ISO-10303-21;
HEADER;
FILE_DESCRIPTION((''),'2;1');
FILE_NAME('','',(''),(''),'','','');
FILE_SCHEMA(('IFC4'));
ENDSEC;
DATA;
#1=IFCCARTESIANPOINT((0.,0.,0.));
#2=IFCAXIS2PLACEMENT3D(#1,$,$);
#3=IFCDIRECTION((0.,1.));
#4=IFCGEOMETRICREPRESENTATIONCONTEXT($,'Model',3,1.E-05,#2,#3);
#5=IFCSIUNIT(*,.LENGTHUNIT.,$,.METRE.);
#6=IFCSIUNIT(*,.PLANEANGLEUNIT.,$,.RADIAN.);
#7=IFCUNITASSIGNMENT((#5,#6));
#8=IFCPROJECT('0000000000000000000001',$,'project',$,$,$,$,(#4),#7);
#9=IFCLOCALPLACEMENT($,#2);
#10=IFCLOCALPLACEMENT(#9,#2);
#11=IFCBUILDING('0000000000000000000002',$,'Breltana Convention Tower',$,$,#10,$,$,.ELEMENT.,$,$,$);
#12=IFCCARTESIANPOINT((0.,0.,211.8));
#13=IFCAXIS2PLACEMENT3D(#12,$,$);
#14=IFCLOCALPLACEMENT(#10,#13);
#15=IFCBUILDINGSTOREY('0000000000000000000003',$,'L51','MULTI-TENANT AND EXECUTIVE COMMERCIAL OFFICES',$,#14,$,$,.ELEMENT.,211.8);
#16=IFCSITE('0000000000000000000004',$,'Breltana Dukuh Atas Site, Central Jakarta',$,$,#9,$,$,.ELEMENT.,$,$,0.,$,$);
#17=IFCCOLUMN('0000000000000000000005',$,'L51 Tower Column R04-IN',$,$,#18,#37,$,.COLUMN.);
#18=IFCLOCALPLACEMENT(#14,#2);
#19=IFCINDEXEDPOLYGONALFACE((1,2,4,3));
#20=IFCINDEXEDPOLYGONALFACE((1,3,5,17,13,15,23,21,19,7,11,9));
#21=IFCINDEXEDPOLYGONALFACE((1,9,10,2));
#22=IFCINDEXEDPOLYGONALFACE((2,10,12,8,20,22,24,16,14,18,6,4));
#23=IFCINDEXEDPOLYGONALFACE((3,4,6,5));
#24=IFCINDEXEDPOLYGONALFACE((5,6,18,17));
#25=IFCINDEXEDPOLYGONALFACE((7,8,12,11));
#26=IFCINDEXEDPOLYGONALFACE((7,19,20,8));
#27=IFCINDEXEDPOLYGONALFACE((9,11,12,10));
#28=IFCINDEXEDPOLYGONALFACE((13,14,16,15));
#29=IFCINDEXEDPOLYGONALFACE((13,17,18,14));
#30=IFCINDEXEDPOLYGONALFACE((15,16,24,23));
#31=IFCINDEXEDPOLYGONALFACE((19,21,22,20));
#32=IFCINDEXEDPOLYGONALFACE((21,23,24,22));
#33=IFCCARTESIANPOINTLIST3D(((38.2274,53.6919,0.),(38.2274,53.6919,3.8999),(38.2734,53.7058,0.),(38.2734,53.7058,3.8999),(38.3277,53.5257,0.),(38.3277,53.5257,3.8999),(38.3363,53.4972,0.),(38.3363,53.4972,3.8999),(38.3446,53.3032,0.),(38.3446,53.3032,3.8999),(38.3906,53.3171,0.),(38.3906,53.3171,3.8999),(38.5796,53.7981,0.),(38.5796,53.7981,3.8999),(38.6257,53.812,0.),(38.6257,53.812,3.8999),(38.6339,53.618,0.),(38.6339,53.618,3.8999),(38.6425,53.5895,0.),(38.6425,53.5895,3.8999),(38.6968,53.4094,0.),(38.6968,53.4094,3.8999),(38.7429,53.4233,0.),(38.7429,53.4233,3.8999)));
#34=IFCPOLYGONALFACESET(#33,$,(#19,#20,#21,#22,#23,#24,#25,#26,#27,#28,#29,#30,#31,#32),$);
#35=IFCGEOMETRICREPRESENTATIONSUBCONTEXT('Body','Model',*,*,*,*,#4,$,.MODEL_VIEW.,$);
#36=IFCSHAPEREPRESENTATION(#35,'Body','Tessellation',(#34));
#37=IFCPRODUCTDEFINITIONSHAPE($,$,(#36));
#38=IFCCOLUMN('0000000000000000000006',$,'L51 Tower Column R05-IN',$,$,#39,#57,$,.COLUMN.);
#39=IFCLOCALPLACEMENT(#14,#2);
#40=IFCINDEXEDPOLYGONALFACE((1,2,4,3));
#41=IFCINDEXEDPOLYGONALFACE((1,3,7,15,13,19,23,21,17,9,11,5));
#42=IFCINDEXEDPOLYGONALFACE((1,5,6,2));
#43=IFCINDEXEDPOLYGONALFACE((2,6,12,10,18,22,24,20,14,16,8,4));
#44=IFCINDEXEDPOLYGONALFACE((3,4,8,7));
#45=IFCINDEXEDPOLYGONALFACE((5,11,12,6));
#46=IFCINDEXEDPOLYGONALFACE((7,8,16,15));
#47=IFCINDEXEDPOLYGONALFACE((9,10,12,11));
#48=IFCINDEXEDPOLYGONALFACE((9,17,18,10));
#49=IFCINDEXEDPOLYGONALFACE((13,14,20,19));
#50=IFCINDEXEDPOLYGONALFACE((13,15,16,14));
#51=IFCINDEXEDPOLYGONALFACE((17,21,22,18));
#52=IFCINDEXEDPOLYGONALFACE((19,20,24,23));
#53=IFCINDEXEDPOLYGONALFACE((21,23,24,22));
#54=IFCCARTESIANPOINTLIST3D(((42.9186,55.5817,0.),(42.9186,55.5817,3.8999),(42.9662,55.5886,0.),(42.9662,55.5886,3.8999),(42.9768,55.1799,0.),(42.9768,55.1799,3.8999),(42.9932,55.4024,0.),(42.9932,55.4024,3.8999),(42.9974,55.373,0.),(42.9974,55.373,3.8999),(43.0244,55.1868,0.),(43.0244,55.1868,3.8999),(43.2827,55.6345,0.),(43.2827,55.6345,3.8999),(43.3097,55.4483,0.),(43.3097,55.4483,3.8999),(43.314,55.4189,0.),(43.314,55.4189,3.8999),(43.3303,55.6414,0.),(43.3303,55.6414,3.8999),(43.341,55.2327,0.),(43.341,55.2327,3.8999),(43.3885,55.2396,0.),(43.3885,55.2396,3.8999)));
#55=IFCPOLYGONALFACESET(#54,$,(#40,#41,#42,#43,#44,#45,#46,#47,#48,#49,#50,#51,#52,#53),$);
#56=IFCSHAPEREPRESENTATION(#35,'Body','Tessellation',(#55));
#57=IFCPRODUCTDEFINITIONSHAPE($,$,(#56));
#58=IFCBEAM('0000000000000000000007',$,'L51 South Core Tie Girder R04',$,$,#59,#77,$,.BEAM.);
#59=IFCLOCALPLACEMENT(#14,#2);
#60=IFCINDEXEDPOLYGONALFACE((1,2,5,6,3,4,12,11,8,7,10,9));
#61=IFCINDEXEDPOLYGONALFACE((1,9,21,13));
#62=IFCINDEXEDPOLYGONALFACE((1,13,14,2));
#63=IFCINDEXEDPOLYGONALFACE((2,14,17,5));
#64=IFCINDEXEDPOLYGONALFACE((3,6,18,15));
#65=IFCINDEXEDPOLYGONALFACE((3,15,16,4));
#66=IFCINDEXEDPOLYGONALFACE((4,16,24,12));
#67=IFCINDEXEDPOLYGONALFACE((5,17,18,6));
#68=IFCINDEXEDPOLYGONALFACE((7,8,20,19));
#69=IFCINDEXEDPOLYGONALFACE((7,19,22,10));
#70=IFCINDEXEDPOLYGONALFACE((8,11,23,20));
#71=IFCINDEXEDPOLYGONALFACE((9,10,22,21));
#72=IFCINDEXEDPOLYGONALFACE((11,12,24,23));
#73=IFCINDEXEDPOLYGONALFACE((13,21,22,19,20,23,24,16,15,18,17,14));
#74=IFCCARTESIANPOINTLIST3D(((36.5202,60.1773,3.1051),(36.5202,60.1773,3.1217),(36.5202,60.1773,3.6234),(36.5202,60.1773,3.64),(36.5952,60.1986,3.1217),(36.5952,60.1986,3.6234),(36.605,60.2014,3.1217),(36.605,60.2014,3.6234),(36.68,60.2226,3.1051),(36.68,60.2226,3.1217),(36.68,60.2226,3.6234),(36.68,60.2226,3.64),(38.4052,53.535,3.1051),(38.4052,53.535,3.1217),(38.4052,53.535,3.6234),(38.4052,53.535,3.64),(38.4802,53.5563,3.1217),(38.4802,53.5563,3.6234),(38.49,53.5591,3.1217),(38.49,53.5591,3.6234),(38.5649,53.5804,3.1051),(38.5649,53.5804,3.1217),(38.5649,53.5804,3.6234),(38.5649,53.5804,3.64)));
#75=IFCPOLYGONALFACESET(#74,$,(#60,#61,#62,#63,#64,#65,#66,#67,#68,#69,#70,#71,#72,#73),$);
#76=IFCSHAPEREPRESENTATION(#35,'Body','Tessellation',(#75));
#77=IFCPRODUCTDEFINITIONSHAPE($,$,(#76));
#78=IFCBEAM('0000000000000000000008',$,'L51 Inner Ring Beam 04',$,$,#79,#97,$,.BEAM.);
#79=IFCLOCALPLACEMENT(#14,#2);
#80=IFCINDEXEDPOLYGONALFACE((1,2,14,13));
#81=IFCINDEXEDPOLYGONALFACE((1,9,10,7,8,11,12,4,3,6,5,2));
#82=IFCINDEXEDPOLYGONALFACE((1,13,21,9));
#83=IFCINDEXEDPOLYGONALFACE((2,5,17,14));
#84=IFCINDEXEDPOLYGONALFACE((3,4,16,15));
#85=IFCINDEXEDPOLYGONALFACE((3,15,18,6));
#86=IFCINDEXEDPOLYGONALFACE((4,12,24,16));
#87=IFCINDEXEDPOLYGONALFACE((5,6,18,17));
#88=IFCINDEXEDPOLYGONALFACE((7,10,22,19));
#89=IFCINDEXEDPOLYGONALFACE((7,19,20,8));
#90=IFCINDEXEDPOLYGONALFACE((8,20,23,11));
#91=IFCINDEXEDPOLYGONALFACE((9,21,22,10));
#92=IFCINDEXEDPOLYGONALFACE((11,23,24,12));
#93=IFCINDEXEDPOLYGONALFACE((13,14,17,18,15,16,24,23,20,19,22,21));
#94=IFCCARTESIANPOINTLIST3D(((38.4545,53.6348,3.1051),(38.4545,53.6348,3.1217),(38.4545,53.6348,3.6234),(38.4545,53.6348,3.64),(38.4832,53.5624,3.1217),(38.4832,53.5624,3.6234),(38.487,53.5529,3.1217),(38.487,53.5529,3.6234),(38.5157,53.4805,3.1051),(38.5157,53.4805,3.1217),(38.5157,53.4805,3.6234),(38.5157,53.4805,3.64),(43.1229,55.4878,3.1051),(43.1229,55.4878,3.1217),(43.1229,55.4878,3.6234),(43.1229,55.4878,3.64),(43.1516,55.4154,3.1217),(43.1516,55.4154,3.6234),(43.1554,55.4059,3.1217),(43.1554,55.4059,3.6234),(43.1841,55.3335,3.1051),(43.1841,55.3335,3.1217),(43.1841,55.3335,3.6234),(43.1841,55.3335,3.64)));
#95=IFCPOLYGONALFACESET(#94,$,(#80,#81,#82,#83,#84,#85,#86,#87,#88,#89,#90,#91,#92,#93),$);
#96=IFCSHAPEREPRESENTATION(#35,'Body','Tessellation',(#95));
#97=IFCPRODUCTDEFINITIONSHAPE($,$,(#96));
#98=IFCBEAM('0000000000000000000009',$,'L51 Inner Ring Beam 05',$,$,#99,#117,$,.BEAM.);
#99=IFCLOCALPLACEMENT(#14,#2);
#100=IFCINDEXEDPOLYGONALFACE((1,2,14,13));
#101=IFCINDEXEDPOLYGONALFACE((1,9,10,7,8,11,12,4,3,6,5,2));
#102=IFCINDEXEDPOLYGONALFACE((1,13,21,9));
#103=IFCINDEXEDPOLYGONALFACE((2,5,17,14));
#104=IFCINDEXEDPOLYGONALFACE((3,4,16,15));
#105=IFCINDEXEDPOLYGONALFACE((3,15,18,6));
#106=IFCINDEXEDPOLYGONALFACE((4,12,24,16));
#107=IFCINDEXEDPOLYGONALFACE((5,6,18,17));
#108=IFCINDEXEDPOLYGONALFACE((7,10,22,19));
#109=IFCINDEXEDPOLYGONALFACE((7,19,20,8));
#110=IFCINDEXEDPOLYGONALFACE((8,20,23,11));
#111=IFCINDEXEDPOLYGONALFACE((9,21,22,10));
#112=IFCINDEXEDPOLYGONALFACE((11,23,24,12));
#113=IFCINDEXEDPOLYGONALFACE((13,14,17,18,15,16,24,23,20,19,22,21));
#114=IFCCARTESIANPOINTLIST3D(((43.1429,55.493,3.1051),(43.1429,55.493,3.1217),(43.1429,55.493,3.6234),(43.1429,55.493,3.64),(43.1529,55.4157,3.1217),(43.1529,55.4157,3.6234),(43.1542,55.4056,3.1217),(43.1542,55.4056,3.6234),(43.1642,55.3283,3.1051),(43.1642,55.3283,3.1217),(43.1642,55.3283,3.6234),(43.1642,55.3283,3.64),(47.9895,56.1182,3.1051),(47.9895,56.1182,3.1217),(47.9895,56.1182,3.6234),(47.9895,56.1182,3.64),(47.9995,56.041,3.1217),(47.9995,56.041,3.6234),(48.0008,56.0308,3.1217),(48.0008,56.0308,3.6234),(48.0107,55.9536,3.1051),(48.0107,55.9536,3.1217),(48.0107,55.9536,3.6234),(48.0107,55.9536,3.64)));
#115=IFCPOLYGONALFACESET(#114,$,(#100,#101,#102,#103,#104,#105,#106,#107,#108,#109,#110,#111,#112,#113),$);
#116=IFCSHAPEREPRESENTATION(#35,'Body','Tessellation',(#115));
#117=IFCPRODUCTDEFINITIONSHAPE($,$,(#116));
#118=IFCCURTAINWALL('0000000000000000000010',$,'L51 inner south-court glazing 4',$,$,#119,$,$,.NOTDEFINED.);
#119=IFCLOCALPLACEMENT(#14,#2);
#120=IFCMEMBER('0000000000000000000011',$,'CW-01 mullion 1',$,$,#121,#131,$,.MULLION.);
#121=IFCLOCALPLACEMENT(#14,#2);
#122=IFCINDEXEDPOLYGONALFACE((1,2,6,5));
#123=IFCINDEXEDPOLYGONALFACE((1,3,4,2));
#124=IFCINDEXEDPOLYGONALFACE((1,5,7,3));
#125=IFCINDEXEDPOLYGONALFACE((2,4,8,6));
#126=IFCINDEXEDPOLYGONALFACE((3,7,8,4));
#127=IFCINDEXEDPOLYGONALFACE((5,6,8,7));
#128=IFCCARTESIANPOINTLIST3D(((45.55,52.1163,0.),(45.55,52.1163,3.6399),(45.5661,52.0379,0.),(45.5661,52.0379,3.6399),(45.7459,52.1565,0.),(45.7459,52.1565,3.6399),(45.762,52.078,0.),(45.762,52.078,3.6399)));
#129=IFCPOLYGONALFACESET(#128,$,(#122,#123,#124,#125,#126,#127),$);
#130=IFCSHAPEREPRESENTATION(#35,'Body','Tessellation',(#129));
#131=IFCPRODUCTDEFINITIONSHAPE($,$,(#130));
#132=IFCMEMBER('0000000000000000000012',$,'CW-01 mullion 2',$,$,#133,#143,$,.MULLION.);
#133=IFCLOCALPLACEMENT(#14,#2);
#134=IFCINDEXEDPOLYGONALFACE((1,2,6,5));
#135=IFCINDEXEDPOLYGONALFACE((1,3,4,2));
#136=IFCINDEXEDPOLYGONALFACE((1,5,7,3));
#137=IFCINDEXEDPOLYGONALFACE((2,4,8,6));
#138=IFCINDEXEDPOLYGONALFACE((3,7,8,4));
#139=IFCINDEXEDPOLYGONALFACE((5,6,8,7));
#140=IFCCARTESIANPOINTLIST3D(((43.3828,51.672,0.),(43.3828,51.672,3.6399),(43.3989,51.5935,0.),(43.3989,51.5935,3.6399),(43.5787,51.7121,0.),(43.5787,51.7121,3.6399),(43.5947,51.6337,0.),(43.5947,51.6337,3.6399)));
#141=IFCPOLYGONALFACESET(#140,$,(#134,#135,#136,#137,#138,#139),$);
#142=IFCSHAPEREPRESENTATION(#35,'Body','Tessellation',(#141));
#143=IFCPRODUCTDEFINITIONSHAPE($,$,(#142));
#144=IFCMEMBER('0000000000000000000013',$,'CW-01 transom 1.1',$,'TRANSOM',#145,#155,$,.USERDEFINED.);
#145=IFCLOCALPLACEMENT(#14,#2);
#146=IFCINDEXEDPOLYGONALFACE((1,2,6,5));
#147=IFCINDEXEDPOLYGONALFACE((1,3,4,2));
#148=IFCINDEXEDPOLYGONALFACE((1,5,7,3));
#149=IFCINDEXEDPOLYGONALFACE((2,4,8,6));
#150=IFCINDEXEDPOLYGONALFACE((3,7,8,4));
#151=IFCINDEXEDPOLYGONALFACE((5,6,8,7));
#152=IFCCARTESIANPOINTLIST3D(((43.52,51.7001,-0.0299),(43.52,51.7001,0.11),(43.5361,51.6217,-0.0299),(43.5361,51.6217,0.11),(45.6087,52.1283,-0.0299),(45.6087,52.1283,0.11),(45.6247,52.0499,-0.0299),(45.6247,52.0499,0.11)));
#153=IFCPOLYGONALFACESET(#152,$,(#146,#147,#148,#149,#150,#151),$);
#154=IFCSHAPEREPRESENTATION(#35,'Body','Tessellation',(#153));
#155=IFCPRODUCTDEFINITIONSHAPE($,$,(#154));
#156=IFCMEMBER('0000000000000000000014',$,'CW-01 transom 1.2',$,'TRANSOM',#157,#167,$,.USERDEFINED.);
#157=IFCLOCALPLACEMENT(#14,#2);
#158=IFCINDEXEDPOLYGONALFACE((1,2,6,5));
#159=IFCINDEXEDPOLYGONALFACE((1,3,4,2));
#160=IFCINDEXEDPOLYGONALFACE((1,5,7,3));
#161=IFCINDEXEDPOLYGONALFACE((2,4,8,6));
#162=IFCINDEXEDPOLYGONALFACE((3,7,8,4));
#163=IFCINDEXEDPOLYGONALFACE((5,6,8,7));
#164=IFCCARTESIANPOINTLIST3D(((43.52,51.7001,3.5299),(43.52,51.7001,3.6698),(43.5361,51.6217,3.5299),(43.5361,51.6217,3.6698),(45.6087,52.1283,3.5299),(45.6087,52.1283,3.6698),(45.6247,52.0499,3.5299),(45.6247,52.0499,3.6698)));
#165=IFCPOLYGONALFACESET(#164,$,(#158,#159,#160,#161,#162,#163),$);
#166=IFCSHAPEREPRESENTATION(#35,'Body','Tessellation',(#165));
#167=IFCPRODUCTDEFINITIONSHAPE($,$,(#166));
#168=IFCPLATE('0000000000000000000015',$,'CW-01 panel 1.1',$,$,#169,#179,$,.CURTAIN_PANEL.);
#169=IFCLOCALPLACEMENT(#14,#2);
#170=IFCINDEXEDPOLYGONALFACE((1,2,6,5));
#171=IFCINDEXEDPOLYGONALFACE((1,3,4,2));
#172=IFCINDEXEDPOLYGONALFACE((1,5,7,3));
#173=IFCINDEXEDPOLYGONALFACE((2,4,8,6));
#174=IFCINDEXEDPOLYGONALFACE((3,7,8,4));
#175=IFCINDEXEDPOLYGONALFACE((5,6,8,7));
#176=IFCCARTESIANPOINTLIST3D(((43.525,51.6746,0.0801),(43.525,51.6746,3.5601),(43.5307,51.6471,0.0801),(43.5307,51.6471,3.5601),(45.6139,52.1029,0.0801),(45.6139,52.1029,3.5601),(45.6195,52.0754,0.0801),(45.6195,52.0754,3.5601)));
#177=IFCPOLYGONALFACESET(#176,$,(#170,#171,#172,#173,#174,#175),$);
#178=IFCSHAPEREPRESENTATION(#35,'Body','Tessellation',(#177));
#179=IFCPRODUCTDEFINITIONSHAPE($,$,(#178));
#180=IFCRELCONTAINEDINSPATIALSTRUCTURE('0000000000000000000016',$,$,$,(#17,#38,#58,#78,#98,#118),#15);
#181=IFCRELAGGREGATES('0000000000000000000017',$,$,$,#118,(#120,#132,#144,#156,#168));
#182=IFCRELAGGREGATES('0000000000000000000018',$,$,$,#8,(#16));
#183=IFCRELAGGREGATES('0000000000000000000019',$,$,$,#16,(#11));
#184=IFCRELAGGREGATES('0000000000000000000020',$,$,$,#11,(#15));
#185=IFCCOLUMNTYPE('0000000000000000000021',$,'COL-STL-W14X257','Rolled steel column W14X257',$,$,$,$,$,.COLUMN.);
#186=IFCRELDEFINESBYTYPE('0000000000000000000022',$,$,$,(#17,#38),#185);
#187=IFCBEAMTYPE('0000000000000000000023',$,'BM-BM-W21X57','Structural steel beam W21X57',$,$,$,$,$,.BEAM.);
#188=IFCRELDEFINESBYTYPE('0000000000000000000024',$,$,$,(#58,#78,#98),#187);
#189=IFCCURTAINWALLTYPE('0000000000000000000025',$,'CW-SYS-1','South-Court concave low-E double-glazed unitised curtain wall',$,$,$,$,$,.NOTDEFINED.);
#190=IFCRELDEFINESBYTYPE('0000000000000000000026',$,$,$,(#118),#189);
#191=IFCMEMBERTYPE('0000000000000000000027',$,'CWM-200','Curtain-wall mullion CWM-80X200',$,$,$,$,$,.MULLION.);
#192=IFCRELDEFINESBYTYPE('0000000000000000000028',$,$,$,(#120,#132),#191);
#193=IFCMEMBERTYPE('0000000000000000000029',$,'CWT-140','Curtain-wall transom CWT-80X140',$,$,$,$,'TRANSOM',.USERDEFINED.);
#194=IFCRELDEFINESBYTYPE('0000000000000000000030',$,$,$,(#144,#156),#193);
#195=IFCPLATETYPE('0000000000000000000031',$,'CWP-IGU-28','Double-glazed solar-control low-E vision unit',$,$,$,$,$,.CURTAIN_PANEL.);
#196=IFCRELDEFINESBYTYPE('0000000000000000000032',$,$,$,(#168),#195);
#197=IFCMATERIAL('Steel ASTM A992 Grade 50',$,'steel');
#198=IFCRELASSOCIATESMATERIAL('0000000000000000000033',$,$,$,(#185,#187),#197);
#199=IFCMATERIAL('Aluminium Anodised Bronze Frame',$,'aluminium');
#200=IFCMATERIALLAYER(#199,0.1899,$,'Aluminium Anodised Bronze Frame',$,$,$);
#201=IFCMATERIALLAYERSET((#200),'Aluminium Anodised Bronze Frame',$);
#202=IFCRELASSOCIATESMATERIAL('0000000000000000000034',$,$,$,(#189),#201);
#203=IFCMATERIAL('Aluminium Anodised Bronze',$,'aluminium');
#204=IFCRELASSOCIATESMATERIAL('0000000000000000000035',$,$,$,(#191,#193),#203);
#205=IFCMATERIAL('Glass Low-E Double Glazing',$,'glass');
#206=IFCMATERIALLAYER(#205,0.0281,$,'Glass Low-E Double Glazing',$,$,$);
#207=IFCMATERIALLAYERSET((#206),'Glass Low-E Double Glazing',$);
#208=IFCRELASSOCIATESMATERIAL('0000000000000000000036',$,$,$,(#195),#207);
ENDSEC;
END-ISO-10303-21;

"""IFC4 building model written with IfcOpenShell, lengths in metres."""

from ifc_helpers import new_model, si_unit, direction, frame, origin, origin_2d, place, context, subcontext, project, spatial, rectangle, i_section, extrude, source, transform, mapped, material, layer, layer_set, material_profile, profile_set, type_object, type_shapes, element, aggregate, save


model = new_model("IFC4")

# Units and contexts
model_context = context("Model", 3, precision=1e-05, world=origin(), true_north=direction((0.0, 1.0)))
body_context = subcontext(model_context, "Body", "Model", "MODEL_VIEW")
ifc_project = project(units=[si_unit("LENGTHUNIT", "METRE"), si_unit("PLANEANGLEUNIT", "RADIAN")], contexts=[model_context])

# Site, building, storey
site_placement = place(None, origin())
site = spatial("IfcSite", under=ifc_project, at=site_placement, Name="Breltana Dukuh Atas Site, Central Jakarta", CompositionType="ELEMENT", RefElevation=0.0)
building_placement = place(site_placement, origin())
building = spatial("IfcBuilding", under=site, at=building_placement, Name="Breltana Convention Tower", CompositionType="ELEMENT")
storey_placement = place(building_placement, frame((0.0, 0.0, 211.8)))
storey = spatial("IfcBuildingStorey", under=building, at=storey_placement, Name="L51", Description="MULTI-TENANT AND EXECUTIVE COMMERCIAL OFFICES", CompositionType="ELEMENT", Elevation=211.8)

# Columns
ifc_material_1 = material(Name="Steel ASTM A992 Grade 50", Category="steel")
ifc_material_profile_1 = material_profile(ifc_material_1, i_section(OverallWidth=0.406, OverallDepth=0.416, WebThickness=0.0298, FlangeThickness=0.0481, at=origin_2d()), Name="W14X257")
ifc_profile_set_1 = profile_set([ifc_material_profile_1], Name="Steel ASTM A992 Grade 50")
column_type = type_object("IfcColumnType", Name="COL-STL-W14X257", Description="Rolled steel column W14X257", PredefinedType="COLUMN", material=ifc_profile_set_1)
shared_shape_1 = source(origin(), body_context, "Body", "SweptSolid", [
    extrude(i_section(OverallWidth=0.406, OverallDepth=0.416, WebThickness=0.0298, FlangeThickness=0.0481, at=origin_2d()), origin(), (0.0, 0.0, 1.0), 3.8999),
])
for number, where, z_axis, x_axis, name in (
    (1, (38.4851, 53.5576, 0.0), (0.0, 0.0, 1.0), (-0.288698, 0.95742, 0.0), "L51 Tower Column R04-IN"),
    (2, (43.1536, 55.4106, 0.0), (0.0, 0.0, 1.0), (-0.143493, 0.989651, 0.0), "L51 Tower Column R05-IN"),
):
    element("IfcColumn", number, at=place(storey_placement, frame(where, z_axis=z_axis, x_axis=x_axis)), inside=storey, type_object=column_type, Name=name, PredefinedType="COLUMN", context=body_context, shape_type="MappedRepresentation", body=[
        mapped(shared_shape_1, transform((0.0, 0.0, 0.0), scale=1.0)),
    ])

# Beams
ifc_material_profile_2 = material_profile(ifc_material_1, i_section(OverallWidth=0.166, OverallDepth=0.5349, WebThickness=0.0103, FlangeThickness=0.0166, at=origin_2d()), Name="W21X57")
ifc_profile_set_2 = profile_set([ifc_material_profile_2], Name="Steel ASTM A992 Grade 50")
beam_type = type_object("IfcBeamType", Name="BM-BM-W21X57", Description="Structural steel beam W21X57", PredefinedType="BEAM", material=ifc_profile_set_2)
shared_shape_2 = source(origin(), body_context, "Body", "SweptSolid", [
    extrude(i_section(OverallWidth=0.166, OverallDepth=0.5349, WebThickness=0.0103, FlangeThickness=0.0166, at=origin_2d()), origin(), (0.0, 0.0, 1.0), 6.9045),
])
type_shapes(beam_type, [shared_shape_2])
beam_1_placement = place(storey_placement, frame((36.6001, 60.2, 3.3726), z_axis=(0.273007, -0.962012, 0.0), x_axis=(0.962012, 0.273007, 0.0)))
element("IfcBeam", 3, at=beam_1_placement, inside=storey, type_object=beam_type, Name="L51 South Core Tie Girder R04", PredefinedType="BEAM", context=body_context, shape_type="MappedRepresentation", body=[
    mapped(shared_shape_2, transform((0.0, 0.0, 0.0), scale=1.0)),
])
shared_shape_3 = source(origin(), body_context, "Body", "SweptSolid", [
    extrude(i_section(OverallWidth=0.166, OverallDepth=0.5349, WebThickness=0.0103, FlangeThickness=0.0166, at=origin_2d()), origin(), (0.0, 0.0, 1.0), 5.0227),
])
beam_2_placement = place(storey_placement, frame((38.4851, 53.5576, 3.3726), z_axis=(0.929459, 0.368926, 0.0), x_axis=(-0.368926, 0.929459, 0.0)))
element("IfcBeam", 4, at=beam_2_placement, inside=storey, type_object=beam_type, Name="L51 Inner Ring Beam 04", PredefinedType="BEAM", context=body_context, shape_type="MappedRepresentation", body=[
    mapped(shared_shape_3, transform((0.0, 0.0, 0.0), scale=1.0)),
])
shared_shape_4 = source(origin(), body_context, "Body", "SweptSolid", [
    extrude(i_section(OverallWidth=0.166, OverallDepth=0.5349, WebThickness=0.0103, FlangeThickness=0.0166, at=origin_2d()), origin(), (0.0, 0.0, 1.0), 4.8867),
])
beam_3_placement = place(storey_placement, frame((43.1536, 55.4106, 3.3726), z_axis=(0.991781, 0.127951, 0.0), x_axis=(-0.127951, 0.991781, 0.0)))
element("IfcBeam", 5, at=beam_3_placement, inside=storey, type_object=beam_type, Name="L51 Inner Ring Beam 05", PredefinedType="BEAM", context=body_context, shape_type="MappedRepresentation", body=[
    mapped(shared_shape_4, transform((0.0, 0.0, 0.0), scale=1.0)),
])

# Curtain wall, members, plate
ifc_material_2 = material(Name="Aluminium Anodised Bronze Frame", Category="aluminium")
ifc_layer_1 = layer(ifc_material_2, 0.1899, Name="Aluminium Anodised Bronze Frame")
ifc_layer_set_1 = layer_set([ifc_layer_1], Name="Aluminium Anodised Bronze Frame")
curtain_wall_type = type_object("IfcCurtainWallType", Name="CW-SYS-1", Description="South-Court concave low-E double-glazed unitised curtain wall", PredefinedType="NOTDEFINED", material=ifc_layer_set_1)
curtain_wall_placement = place(storey_placement, origin())
curtain_wall = element("IfcCurtainWall", 6, at=curtain_wall_placement, inside=storey, type_object=curtain_wall_type, Name="L51 inner south-court glazing 4", PredefinedType="NOTDEFINED")
ifc_material_3 = material(Name="Aluminium Anodised Bronze", Category="aluminium")
ifc_material_profile_3 = material_profile(ifc_material_3, rectangle(XDim=0.0801, YDim=0.2, at=origin_2d()), Name="CWM-80X200")
ifc_profile_set_3 = profile_set([ifc_material_profile_3], Name="Aluminium Anodised Bronze")
member_type_1 = type_object("IfcMemberType", Name="CWM-200", Description="Curtain-wall mullion CWM-80X200", PredefinedType="MULLION", material=ifc_profile_set_3)
shared_shape_5 = source(origin(), body_context, "Body", "SweptSolid", [
    extrude(rectangle(XDim=0.0801, YDim=0.2, at=origin_2d()), origin(), (0.0, 0.0, 1.0), 3.6399),
])
member_1_placement = place(storey_placement, frame((45.656, 52.0972, 0.0), z_axis=(0.0, 0.0, 1.0), x_axis=(0.200854, -0.979621, 0.0)))
member_1 = element("IfcMember", 7, at=member_1_placement, type_object=member_type_1, Name="CW-01 mullion 1", PredefinedType="MULLION", context=body_context, shape_type="MappedRepresentation", body=[
    mapped(shared_shape_5, transform((0.0, 0.0, 0.0), scale=1.0)),
])
member_2_placement = place(storey_placement, frame((43.4888, 51.6528, 0.0), z_axis=(0.0, 0.0, 1.0), x_axis=(0.200854, -0.979621, 0.0)))
member_2 = element("IfcMember", 8, at=member_2_placement, type_object=member_type_1, Name="CW-01 mullion 2", PredefinedType="MULLION", context=body_context, shape_type="MappedRepresentation", body=[
    mapped(shared_shape_5, transform((0.0, 0.0, 0.0), scale=1.0)),
])
ifc_material_profile_4 = material_profile(ifc_material_3, rectangle(XDim=0.0801, YDim=0.1399, at=origin_2d()), Name="CWT-80X140")
ifc_profile_set_4 = profile_set([ifc_material_profile_4], Name="Aluminium Anodised Bronze")
member_type_2 = type_object("IfcMemberType", Name="CWT-140", Description="Curtain-wall transom CWT-80X140", ElementType="TRANSOM", PredefinedType="USERDEFINED", material=ifc_profile_set_4)
shared_shape_6 = source(origin(), body_context, "Body", "SweptSolid", [
    extrude(rectangle(XDim=0.0801, YDim=0.1399, at=origin_2d()), origin(), (0.0, 0.0, 1.0), 2.1321),
])
member_3_placement = place(storey_placement, frame((45.6167, 52.0891, 0.04), z_axis=(-0.979622, -0.200848, 0.0), x_axis=(0.200848, -0.979622, 0.0)))
member_3 = element("IfcMember", 9, at=member_3_placement, type_object=member_type_2, Name="CW-01 transom 1.1", ObjectType="TRANSOM", PredefinedType="USERDEFINED", context=body_context, shape_type="MappedRepresentation", body=[
    mapped(shared_shape_6, transform((0.0, 0.0, 0.0), scale=1.0)),
])
member_4_placement = place(storey_placement, frame((45.6167, 52.0891, 3.5999), z_axis=(-0.979622, -0.200848, 0.0), x_axis=(0.200848, -0.979622, 0.0)))
member_4 = element("IfcMember", 10, at=member_4_placement, type_object=member_type_2, Name="CW-01 transom 1.2", ObjectType="TRANSOM", PredefinedType="USERDEFINED", context=body_context, shape_type="MappedRepresentation", body=[
    mapped(shared_shape_6, transform((0.0, 0.0, 0.0), scale=1.0)),
])
ifc_material_4 = material(Name="Glass Low-E Double Glazing", Category="glass")
ifc_layer_2 = layer(ifc_material_4, 0.0281, Name="Glass Low-E Double Glazing")
ifc_layer_set_2 = layer_set([ifc_layer_2], Name="Glass Low-E Double Glazing")
plate_type = type_object("IfcPlateType", Name="CWP-IGU-28", Description="Double-glazed solar-control low-E vision unit", PredefinedType="CURTAIN_PANEL", material=ifc_layer_set_2)
shared_shape_7 = source(origin(), body_context, "Body", "SweptSolid", [
    extrude(rectangle(XDim=2.1323, YDim=0.0281, at=origin_2d()), origin(), (0.0, 0.0, 1.0), 3.48),
])
plate_placement = place(storey_placement, frame((44.5723, 51.875, 0.0801), z_axis=(0.0, 0.0, 1.0), x_axis=(-0.979621, -0.200854, 0.0)))
plate = element("IfcPlate", 11, at=plate_placement, type_object=plate_type, Name="CW-01 panel 1.1", PredefinedType="CURTAIN_PANEL", context=body_context, shape_type="MappedRepresentation", body=[
    mapped(shared_shape_7, transform((0.0, 0.0, 0.0), scale=1.0)),
])
aggregate(curtain_wall, [member_1, member_2, member_3, member_4, plate])

save(model, "model.ifc")
